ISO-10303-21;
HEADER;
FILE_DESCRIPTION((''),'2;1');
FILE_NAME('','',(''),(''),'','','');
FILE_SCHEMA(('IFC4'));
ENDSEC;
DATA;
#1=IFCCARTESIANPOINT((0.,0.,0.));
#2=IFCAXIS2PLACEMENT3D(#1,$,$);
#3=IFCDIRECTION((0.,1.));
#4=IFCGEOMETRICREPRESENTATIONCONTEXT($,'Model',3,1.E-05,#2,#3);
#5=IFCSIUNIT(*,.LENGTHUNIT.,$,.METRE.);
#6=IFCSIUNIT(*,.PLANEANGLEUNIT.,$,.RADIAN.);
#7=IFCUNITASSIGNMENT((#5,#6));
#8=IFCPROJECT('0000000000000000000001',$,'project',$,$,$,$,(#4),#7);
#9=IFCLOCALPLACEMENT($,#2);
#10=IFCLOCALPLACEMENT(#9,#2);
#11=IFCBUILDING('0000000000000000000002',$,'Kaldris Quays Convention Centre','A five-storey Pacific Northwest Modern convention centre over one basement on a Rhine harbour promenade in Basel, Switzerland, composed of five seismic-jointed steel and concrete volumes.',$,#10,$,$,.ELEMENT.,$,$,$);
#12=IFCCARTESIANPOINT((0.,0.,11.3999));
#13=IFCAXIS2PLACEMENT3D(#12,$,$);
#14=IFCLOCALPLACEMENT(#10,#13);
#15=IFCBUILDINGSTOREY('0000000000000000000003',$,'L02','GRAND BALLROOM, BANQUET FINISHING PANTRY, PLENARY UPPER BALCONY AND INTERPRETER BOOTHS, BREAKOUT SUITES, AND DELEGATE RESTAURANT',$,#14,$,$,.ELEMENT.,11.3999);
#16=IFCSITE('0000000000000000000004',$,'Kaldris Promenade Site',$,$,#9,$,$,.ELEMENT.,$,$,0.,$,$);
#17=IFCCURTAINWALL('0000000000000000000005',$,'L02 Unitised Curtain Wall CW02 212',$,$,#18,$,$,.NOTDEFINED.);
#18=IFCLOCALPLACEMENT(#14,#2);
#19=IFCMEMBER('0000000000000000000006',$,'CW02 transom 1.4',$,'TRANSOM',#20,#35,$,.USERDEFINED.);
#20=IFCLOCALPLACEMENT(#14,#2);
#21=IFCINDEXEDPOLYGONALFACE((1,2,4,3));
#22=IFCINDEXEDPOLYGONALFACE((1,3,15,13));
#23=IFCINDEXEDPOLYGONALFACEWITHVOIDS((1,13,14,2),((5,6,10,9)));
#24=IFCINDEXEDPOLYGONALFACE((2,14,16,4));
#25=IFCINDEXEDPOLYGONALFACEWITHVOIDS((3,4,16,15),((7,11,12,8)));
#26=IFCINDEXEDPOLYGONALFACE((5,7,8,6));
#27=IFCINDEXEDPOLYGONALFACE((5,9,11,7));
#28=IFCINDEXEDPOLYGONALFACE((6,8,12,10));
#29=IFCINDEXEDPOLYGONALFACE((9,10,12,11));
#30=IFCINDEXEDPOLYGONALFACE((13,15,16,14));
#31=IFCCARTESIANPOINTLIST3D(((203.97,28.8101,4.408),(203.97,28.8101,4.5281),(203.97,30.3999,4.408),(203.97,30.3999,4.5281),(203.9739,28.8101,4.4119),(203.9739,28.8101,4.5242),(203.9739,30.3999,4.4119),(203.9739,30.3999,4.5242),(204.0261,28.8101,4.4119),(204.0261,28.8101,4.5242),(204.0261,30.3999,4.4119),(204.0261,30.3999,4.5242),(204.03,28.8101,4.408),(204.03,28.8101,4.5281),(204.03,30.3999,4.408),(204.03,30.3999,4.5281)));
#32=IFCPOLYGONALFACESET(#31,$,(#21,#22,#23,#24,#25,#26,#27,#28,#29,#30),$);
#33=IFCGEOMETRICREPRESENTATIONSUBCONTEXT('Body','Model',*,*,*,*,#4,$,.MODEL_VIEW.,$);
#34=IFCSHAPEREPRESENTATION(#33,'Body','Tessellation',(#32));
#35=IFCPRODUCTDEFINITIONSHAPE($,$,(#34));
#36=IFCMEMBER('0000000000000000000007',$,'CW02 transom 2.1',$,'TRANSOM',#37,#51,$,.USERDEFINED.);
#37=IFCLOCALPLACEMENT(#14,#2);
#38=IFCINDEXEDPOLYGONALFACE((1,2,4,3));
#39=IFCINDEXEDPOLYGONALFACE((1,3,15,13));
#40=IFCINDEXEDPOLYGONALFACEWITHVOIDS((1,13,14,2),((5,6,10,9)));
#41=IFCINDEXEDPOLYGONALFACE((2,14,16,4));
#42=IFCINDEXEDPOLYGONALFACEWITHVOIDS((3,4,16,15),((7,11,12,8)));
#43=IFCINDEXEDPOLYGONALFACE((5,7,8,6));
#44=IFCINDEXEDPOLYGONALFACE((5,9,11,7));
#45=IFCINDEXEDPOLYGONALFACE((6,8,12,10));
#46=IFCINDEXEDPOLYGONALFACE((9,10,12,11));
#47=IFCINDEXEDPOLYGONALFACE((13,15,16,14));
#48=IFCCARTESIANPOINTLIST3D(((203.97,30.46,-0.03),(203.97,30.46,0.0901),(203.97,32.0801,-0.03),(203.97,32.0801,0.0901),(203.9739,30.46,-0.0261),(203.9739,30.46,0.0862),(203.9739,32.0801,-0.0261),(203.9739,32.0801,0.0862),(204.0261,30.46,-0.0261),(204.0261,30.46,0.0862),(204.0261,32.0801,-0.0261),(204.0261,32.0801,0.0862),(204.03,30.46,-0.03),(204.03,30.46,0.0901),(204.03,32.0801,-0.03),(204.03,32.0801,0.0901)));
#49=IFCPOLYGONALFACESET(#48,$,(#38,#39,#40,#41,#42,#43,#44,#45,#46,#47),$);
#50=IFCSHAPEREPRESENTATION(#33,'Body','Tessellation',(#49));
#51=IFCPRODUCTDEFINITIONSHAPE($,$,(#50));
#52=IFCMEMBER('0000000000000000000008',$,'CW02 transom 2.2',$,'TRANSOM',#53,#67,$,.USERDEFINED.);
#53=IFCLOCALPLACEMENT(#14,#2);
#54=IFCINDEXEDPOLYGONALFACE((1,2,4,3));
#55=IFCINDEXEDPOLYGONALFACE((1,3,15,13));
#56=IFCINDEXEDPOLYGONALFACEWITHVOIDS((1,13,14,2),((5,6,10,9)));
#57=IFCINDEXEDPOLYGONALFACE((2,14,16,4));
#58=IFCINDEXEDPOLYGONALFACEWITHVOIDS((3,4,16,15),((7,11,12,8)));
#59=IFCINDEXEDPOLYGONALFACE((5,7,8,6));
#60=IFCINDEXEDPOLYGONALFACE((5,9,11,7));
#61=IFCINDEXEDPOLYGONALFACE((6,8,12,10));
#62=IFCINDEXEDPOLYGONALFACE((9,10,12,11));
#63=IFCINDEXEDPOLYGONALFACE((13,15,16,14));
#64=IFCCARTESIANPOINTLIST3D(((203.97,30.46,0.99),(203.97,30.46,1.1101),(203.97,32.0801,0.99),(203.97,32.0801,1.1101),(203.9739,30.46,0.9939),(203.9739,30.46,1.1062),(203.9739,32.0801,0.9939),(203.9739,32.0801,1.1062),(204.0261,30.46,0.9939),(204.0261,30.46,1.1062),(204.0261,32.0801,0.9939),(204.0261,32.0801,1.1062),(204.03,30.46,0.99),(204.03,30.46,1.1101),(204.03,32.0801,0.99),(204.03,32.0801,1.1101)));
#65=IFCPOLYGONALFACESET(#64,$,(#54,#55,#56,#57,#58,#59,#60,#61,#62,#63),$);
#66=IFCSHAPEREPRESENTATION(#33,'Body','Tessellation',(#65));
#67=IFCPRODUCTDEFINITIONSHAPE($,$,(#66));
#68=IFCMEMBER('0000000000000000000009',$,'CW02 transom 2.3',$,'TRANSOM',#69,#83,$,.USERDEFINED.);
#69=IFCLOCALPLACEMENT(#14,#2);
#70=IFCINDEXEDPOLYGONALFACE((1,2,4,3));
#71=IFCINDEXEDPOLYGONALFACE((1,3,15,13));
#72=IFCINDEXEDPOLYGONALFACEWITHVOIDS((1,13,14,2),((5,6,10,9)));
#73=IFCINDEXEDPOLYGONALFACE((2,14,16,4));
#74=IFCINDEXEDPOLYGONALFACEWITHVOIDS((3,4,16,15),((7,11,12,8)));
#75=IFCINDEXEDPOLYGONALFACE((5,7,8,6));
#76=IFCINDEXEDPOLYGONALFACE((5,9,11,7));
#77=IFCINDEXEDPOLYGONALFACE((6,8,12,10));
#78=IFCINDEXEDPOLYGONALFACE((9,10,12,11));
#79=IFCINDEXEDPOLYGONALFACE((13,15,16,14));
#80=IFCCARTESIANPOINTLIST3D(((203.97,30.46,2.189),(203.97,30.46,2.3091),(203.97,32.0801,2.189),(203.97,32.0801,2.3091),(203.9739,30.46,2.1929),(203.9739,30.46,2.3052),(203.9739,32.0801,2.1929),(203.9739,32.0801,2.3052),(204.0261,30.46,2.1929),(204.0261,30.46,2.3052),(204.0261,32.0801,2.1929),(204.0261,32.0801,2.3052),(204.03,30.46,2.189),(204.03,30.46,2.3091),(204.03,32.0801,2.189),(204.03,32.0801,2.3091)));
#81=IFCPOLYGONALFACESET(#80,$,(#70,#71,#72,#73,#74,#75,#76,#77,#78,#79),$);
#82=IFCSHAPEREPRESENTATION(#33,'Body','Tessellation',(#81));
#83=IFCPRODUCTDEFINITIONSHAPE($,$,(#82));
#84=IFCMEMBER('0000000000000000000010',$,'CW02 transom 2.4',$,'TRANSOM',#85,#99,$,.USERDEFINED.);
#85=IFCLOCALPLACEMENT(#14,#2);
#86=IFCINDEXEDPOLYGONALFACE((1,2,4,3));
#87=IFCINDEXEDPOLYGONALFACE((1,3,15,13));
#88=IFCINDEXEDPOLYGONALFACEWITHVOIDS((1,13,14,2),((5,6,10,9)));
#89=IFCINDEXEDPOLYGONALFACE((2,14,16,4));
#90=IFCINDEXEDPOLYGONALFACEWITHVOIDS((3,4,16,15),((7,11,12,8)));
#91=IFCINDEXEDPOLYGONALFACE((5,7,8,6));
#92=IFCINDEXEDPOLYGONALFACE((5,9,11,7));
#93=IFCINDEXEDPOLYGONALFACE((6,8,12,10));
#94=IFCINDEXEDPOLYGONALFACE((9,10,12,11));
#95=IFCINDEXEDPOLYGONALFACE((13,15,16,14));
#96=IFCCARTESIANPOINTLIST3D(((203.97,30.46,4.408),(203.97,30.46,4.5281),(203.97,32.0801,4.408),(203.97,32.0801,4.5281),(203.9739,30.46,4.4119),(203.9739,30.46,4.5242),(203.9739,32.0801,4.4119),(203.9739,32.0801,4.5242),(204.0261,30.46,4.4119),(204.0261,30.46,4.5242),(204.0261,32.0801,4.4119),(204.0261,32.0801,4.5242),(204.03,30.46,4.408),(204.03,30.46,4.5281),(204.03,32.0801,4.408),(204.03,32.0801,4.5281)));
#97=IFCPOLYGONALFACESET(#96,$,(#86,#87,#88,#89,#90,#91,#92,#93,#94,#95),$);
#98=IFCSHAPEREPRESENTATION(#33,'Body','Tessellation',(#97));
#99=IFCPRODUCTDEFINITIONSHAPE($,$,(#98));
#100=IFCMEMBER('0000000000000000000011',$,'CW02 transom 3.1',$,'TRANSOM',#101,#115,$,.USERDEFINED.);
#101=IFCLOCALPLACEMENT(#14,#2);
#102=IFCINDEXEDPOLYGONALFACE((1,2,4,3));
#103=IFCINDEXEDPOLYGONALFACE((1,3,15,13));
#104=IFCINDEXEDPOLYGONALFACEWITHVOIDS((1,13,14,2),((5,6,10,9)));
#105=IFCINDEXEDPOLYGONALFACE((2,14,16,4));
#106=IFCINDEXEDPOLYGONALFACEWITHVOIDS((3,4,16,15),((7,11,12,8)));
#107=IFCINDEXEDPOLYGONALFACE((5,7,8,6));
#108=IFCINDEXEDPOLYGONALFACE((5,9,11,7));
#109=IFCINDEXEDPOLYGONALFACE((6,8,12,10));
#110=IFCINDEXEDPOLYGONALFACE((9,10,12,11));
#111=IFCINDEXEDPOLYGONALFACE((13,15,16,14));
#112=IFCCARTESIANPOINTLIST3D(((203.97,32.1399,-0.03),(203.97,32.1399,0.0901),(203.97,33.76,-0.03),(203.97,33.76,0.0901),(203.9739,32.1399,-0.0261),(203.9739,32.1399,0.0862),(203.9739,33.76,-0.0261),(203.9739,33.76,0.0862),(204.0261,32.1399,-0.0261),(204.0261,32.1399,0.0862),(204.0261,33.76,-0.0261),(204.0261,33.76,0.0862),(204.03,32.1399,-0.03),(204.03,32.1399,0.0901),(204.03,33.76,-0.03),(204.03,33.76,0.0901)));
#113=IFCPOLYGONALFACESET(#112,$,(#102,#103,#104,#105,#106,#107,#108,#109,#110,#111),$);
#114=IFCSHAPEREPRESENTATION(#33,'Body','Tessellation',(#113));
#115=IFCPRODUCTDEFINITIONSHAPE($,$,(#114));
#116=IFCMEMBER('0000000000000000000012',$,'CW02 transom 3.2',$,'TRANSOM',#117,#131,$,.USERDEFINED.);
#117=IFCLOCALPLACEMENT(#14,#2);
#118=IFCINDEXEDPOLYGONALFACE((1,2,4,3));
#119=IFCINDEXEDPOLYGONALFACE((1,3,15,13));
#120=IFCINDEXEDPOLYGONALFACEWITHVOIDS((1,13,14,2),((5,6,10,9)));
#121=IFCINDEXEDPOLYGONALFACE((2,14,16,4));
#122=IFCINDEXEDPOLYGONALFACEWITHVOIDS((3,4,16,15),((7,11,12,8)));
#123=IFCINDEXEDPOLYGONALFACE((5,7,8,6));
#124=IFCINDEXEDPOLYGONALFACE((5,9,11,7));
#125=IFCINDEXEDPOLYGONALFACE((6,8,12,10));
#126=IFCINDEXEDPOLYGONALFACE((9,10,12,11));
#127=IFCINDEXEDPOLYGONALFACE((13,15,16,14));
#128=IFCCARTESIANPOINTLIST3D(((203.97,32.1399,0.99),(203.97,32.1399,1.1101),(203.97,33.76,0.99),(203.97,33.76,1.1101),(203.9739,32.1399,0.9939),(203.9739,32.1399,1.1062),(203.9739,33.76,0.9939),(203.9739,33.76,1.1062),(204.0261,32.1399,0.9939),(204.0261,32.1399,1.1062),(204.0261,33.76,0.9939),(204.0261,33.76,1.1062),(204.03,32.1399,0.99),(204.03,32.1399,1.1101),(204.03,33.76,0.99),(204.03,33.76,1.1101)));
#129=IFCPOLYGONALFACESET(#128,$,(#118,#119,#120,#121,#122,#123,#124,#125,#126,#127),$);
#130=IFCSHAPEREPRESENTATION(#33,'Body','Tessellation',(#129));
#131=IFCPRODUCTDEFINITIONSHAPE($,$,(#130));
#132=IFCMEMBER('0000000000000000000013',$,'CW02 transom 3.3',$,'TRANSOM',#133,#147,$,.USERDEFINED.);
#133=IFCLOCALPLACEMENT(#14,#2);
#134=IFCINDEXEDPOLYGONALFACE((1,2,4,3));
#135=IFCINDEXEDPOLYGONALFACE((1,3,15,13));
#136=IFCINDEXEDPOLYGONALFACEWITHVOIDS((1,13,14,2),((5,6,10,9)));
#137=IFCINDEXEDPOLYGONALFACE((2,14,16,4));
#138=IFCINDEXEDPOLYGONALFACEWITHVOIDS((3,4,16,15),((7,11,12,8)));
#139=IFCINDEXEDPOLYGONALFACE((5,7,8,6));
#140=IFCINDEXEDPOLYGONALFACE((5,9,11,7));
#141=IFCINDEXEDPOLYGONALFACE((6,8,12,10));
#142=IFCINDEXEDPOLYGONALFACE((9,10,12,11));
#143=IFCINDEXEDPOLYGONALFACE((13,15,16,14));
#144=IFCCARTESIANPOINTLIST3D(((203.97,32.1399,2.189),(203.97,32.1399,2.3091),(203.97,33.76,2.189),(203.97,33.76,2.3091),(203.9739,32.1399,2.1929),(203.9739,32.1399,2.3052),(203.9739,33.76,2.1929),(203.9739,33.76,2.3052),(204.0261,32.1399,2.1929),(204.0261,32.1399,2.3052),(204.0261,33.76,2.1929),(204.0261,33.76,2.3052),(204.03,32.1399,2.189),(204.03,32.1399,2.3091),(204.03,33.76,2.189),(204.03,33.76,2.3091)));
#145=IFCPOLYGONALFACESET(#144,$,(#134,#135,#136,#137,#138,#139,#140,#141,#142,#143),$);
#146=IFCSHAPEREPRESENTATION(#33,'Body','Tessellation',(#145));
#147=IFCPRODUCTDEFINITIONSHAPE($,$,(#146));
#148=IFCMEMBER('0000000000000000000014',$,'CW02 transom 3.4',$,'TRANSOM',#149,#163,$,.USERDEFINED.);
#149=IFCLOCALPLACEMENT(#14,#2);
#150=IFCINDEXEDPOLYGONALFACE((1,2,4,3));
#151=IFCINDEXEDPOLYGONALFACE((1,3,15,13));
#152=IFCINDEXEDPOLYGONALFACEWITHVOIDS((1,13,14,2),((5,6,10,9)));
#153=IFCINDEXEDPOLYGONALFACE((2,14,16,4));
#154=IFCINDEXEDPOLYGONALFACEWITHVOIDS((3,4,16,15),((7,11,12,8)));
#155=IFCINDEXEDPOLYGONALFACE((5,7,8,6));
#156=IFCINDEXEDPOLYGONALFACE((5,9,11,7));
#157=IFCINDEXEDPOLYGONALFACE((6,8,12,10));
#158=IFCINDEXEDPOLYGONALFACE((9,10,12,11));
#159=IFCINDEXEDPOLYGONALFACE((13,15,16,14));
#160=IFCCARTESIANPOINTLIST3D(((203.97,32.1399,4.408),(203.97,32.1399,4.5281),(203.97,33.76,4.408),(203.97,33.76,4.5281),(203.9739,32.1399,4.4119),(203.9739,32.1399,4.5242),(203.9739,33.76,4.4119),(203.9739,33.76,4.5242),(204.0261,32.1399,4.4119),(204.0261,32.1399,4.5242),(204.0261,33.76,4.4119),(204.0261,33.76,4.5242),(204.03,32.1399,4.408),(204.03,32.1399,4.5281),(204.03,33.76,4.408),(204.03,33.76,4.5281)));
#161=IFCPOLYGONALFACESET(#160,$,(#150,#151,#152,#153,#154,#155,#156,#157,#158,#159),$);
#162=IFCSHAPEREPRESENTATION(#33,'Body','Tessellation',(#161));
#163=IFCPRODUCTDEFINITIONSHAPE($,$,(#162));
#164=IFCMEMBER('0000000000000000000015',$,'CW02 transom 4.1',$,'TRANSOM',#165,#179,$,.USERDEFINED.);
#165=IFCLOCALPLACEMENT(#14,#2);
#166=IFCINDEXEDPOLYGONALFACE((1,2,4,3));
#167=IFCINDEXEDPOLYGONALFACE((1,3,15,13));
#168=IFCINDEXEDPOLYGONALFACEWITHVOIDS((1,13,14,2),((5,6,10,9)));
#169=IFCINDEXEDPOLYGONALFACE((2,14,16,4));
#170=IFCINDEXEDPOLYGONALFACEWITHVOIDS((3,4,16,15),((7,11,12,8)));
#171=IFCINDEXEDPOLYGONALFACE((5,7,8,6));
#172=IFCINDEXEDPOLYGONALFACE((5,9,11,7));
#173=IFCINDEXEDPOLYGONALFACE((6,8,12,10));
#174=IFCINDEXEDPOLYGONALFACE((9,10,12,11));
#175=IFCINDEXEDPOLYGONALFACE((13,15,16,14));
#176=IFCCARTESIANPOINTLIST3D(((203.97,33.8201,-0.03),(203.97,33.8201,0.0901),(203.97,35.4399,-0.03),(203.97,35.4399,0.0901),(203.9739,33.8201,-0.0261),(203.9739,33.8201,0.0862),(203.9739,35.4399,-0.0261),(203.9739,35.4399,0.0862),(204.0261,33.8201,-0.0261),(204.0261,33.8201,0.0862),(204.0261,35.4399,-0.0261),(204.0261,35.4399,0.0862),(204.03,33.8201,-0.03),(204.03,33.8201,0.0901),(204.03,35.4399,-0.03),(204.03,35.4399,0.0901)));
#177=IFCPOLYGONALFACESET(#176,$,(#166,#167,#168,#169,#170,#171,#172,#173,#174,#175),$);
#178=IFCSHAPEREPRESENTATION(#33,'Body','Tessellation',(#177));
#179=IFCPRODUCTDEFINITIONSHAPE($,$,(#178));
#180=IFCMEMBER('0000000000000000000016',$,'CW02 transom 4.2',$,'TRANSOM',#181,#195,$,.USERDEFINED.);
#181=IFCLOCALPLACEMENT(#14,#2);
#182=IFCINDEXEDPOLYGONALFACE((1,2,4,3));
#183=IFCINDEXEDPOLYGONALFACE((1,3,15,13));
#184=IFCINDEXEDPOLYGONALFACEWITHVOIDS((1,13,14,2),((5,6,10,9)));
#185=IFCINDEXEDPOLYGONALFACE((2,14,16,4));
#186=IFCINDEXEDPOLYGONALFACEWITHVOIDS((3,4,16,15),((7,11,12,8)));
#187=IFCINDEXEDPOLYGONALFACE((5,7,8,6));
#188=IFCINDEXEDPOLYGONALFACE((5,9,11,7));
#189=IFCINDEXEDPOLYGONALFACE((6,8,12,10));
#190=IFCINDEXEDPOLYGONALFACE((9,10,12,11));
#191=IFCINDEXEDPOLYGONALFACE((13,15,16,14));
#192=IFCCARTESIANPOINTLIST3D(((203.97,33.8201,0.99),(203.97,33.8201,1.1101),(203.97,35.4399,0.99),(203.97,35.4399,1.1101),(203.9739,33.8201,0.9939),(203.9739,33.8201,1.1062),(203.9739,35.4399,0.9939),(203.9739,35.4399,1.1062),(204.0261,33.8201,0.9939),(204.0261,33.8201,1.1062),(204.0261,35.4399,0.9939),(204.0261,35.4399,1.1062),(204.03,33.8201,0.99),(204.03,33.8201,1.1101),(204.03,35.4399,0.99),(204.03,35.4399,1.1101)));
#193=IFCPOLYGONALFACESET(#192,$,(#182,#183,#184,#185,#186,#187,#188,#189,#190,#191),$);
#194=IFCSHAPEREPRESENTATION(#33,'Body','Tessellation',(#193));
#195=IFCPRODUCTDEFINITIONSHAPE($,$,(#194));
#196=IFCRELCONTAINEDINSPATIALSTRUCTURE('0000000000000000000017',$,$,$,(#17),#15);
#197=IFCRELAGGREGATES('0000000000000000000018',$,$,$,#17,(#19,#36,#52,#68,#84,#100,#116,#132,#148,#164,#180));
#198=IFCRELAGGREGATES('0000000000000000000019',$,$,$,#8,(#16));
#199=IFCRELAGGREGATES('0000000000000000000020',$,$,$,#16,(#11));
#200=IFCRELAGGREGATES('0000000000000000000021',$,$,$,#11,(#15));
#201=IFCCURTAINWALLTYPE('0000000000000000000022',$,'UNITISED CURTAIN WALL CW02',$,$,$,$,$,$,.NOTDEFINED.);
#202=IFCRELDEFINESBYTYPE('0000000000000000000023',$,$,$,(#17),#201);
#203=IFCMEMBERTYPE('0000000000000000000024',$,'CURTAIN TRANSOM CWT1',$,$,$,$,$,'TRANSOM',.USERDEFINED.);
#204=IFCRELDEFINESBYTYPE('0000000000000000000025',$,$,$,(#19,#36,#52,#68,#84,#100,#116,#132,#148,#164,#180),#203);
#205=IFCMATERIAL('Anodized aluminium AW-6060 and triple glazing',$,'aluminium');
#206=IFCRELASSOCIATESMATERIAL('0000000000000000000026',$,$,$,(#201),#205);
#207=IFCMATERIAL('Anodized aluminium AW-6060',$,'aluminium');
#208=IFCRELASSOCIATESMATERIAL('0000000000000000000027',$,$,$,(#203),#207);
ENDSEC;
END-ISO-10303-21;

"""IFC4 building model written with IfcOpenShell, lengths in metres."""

from ifc_helpers import new_model, si_unit, direction, frame, origin, origin_2d, place, context, subcontext, project, spatial, hollow_rectangle, extrude, material, material_profile, profile_set, type_object, element, aggregate, save


model = new_model("IFC4")

# Units and contexts
model_context = context("Model", 3, precision=1e-05, world=origin(), true_north=direction((0.0, 1.0)))
body_context = subcontext(model_context, "Body", "Model", "MODEL_VIEW")
ifc_project = project(units=[si_unit("LENGTHUNIT", "METRE"), si_unit("PLANEANGLEUNIT", "RADIAN")], contexts=[model_context])

# Site, building, storey
site_placement = place(None, origin())
site = spatial("IfcSite", under=ifc_project, at=site_placement, Name="Kaldris Promenade Site", CompositionType="ELEMENT", RefElevation=0.0)
building_placement = place(site_placement, origin())
building = spatial("IfcBuilding", under=site, at=building_placement, Name="Kaldris Quays Convention Centre", Description="A five-storey Pacific Northwest Modern convention centre over one basement on a Rhine harbour promenade in Basel, Switzerland, composed of five seismic-jointed steel and concrete volumes.", CompositionType="ELEMENT")
storey_placement = place(building_placement, frame((0.0, 0.0, 11.3999)))
storey = spatial("IfcBuildingStorey", under=building, at=storey_placement, Name="L02", Description="GRAND BALLROOM, BANQUET FINISHING PANTRY, PLENARY UPPER BALCONY AND INTERPRETER BOOTHS, BREAKOUT SUITES, AND DELEGATE RESTAURANT", CompositionType="ELEMENT", Elevation=11.3999)

# Shared definitions
ifc_material_1 = material(Name="Anodized aluminium AW-6060 and triple glazing", Category="aluminium")
curtain_wall_type = type_object("IfcCurtainWallType", Name="UNITISED CURTAIN WALL CW02", PredefinedType="NOTDEFINED", material=ifc_material_1)
ifc_material_2 = material(Name="Anodized aluminium AW-6060", Category="aluminium")

# Curtain wall, members
curtain_wall_1_placement = place(storey_placement, origin())
curtain_wall_1 = element("IfcCurtainWall", 1, at=curtain_wall_1_placement, inside=storey, type_object=curtain_wall_type, Name="L02 Unitised Curtain Wall CW02 212", PredefinedType="NOTDEFINED")
ifc_material_profile_1 = material_profile(ifc_material_2, hollow_rectangle(XDim=0.0601, YDim=0.1201, WallThickness=0.0039, at=origin_2d()), Name="RHS 120x60x4")
ifc_profile_set_1 = profile_set([ifc_material_profile_1], Name="Anodized aluminium AW-6060")
member_type_1 = type_object("IfcMemberType", Name="CURTAIN TRANSOM CWT1", ElementType="TRANSOM", PredefinedType="USERDEFINED", material=ifc_profile_set_1)
member_1_placement = place(storey_placement, frame((204.0, 28.8101, 4.468), z_axis=(0.0, 1.0, 0.0), x_axis=(-1.0, 0.0, 0.0)))
member_1 = element("IfcMember", 2, at=member_1_placement, type_object=member_type_1, Name="CW02 transom 1.4", ObjectType="TRANSOM", PredefinedType="USERDEFINED", context=body_context, shape_type="SweptSolid", body=[
    extrude(hollow_rectangle(XDim=0.0601, YDim=0.1201, WallThickness=0.0039, at=origin_2d()), origin(), (0.0, 0.0, 1.0), 1.5898),
])
member_2_placement = place(storey_placement, frame((204.0, 30.46, 0.03), z_axis=(0.0, 1.0, 0.0), x_axis=(-1.0, 0.0, 0.0)))
member_2 = element("IfcMember", 3, at=member_2_placement, type_object=member_type_1, Name="CW02 transom 2.1", ObjectType="TRANSOM", PredefinedType="USERDEFINED", context=body_context, shape_type="SweptSolid", body=[
    extrude(hollow_rectangle(XDim=0.0601, YDim=0.1201, WallThickness=0.0039, at=origin_2d()), origin(), (0.0, 0.0, 1.0), 1.6201),
])
member_3_placement = place(storey_placement, frame((204.0, 30.46, 1.05), z_axis=(0.0, 1.0, 0.0), x_axis=(-1.0, 0.0, 0.0)))
member_3 = element("IfcMember", 4, at=member_3_placement, type_object=member_type_1, Name="CW02 transom 2.2", ObjectType="TRANSOM", PredefinedType="USERDEFINED", context=body_context, shape_type="SweptSolid", body=[
    extrude(hollow_rectangle(XDim=0.0601, YDim=0.1201, WallThickness=0.0039, at=origin_2d()), origin(), (0.0, 0.0, 1.0), 1.6201),
])
member_4_placement = place(storey_placement, frame((204.0, 30.46, 2.249), z_axis=(0.0, 1.0, 0.0), x_axis=(-1.0, 0.0, 0.0)))
member_4 = element("IfcMember", 5, at=member_4_placement, type_object=member_type_1, Name="CW02 transom 2.3", ObjectType="TRANSOM", PredefinedType="USERDEFINED", context=body_context, shape_type="SweptSolid", body=[
    extrude(hollow_rectangle(XDim=0.0601, YDim=0.1201, WallThickness=0.0039, at=origin_2d()), origin(), (0.0, 0.0, 1.0), 1.6201),
])
member_5_placement = place(storey_placement, frame((204.0, 30.46, 4.468), z_axis=(0.0, 1.0, 0.0), x_axis=(-1.0, 0.0, 0.0)))
member_5 = element("IfcMember", 6, at=member_5_placement, type_object=member_type_1, Name="CW02 transom 2.4", ObjectType="TRANSOM", PredefinedType="USERDEFINED", context=body_context, shape_type="SweptSolid", body=[
    extrude(hollow_rectangle(XDim=0.0601, YDim=0.1201, WallThickness=0.0039, at=origin_2d()), origin(), (0.0, 0.0, 1.0), 1.6201),
])
member_6_placement = place(storey_placement, frame((204.0, 32.1399, 0.03), z_axis=(0.0, 1.0, 0.0), x_axis=(-1.0, 0.0, 0.0)))
member_6 = element("IfcMember", 7, at=member_6_placement, type_object=member_type_1, Name="CW02 transom 3.1", ObjectType="TRANSOM", PredefinedType="USERDEFINED", context=body_context, shape_type="SweptSolid", body=[
    extrude(hollow_rectangle(XDim=0.0601, YDim=0.1201, WallThickness=0.0039, at=origin_2d()), origin(), (0.0, 0.0, 1.0), 1.6201),
])
member_7_placement = place(storey_placement, frame((204.0, 32.1399, 1.05), z_axis=(0.0, 1.0, 0.0), x_axis=(-1.0, 0.0, 0.0)))
member_7 = element("IfcMember", 8, at=member_7_placement, type_object=member_type_1, Name="CW02 transom 3.2", ObjectType="TRANSOM", PredefinedType="USERDEFINED", context=body_context, shape_type="SweptSolid", body=[
    extrude(hollow_rectangle(XDim=0.0601, YDim=0.1201, WallThickness=0.0039, at=origin_2d()), origin(), (0.0, 0.0, 1.0), 1.6201),
])
member_8_placement = place(storey_placement, frame((204.0, 32.1399, 2.249), z_axis=(0.0, 1.0, 0.0), x_axis=(-1.0, 0.0, 0.0)))
member_8 = element("IfcMember", 9, at=member_8_placement, type_object=member_type_1, Name="CW02 transom 3.3", ObjectType="TRANSOM", PredefinedType="USERDEFINED", context=body_context, shape_type="SweptSolid", body=[
    extrude(hollow_rectangle(XDim=0.0601, YDim=0.1201, WallThickness=0.0039, at=origin_2d()), origin(), (0.0, 0.0, 1.0), 1.6201),
])
member_9_placement = place(storey_placement, frame((204.0, 32.1399, 4.468), z_axis=(0.0, 1.0, 0.0), x_axis=(-1.0, 0.0, 0.0)))
member_9 = element("IfcMember", 10, at=member_9_placement, type_object=member_type_1, Name="CW02 transom 3.4", ObjectType="TRANSOM", PredefinedType="USERDEFINED", context=body_context, shape_type="SweptSolid", body=[
    extrude(hollow_rectangle(XDim=0.0601, YDim=0.1201, WallThickness=0.0039, at=origin_2d()), origin(), (0.0, 0.0, 1.0), 1.6201),
])
member_10_placement = place(storey_placement, frame((204.0, 33.8201, 0.03), z_axis=(0.0, 1.0, 0.0), x_axis=(-1.0, 0.0, 0.0)))
member_10 = element("IfcMember", 11, at=member_10_placement, type_object=member_type_1, Name="CW02 transom 4.1", ObjectType="TRANSOM", PredefinedType="USERDEFINED", context=body_context, shape_type="SweptSolid", body=[
    extrude(hollow_rectangle(XDim=0.0601, YDim=0.1201, WallThickness=0.0039, at=origin_2d()), origin(), (0.0, 0.0, 1.0), 1.6199),
])
member_11_placement = place(storey_placement, frame((204.0, 33.8201, 1.05), z_axis=(0.0, 1.0, 0.0), x_axis=(-1.0, 0.0, 0.0)))
member_11 = element("IfcMember", 12, at=member_11_placement, type_object=member_type_1, Name="CW02 transom 4.2", ObjectType="TRANSOM", PredefinedType="USERDEFINED", context=body_context, shape_type="SweptSolid", body=[
    extrude(hollow_rectangle(XDim=0.0601, YDim=0.1201, WallThickness=0.0039, at=origin_2d()), origin(), (0.0, 0.0, 1.0), 1.6199),
])

aggregate(curtain_wall_1, [member_1, member_2, member_3, member_4, member_5, member_6, member_7, member_8, member_9, member_10, member_11])

save(model, "model.ifc")
